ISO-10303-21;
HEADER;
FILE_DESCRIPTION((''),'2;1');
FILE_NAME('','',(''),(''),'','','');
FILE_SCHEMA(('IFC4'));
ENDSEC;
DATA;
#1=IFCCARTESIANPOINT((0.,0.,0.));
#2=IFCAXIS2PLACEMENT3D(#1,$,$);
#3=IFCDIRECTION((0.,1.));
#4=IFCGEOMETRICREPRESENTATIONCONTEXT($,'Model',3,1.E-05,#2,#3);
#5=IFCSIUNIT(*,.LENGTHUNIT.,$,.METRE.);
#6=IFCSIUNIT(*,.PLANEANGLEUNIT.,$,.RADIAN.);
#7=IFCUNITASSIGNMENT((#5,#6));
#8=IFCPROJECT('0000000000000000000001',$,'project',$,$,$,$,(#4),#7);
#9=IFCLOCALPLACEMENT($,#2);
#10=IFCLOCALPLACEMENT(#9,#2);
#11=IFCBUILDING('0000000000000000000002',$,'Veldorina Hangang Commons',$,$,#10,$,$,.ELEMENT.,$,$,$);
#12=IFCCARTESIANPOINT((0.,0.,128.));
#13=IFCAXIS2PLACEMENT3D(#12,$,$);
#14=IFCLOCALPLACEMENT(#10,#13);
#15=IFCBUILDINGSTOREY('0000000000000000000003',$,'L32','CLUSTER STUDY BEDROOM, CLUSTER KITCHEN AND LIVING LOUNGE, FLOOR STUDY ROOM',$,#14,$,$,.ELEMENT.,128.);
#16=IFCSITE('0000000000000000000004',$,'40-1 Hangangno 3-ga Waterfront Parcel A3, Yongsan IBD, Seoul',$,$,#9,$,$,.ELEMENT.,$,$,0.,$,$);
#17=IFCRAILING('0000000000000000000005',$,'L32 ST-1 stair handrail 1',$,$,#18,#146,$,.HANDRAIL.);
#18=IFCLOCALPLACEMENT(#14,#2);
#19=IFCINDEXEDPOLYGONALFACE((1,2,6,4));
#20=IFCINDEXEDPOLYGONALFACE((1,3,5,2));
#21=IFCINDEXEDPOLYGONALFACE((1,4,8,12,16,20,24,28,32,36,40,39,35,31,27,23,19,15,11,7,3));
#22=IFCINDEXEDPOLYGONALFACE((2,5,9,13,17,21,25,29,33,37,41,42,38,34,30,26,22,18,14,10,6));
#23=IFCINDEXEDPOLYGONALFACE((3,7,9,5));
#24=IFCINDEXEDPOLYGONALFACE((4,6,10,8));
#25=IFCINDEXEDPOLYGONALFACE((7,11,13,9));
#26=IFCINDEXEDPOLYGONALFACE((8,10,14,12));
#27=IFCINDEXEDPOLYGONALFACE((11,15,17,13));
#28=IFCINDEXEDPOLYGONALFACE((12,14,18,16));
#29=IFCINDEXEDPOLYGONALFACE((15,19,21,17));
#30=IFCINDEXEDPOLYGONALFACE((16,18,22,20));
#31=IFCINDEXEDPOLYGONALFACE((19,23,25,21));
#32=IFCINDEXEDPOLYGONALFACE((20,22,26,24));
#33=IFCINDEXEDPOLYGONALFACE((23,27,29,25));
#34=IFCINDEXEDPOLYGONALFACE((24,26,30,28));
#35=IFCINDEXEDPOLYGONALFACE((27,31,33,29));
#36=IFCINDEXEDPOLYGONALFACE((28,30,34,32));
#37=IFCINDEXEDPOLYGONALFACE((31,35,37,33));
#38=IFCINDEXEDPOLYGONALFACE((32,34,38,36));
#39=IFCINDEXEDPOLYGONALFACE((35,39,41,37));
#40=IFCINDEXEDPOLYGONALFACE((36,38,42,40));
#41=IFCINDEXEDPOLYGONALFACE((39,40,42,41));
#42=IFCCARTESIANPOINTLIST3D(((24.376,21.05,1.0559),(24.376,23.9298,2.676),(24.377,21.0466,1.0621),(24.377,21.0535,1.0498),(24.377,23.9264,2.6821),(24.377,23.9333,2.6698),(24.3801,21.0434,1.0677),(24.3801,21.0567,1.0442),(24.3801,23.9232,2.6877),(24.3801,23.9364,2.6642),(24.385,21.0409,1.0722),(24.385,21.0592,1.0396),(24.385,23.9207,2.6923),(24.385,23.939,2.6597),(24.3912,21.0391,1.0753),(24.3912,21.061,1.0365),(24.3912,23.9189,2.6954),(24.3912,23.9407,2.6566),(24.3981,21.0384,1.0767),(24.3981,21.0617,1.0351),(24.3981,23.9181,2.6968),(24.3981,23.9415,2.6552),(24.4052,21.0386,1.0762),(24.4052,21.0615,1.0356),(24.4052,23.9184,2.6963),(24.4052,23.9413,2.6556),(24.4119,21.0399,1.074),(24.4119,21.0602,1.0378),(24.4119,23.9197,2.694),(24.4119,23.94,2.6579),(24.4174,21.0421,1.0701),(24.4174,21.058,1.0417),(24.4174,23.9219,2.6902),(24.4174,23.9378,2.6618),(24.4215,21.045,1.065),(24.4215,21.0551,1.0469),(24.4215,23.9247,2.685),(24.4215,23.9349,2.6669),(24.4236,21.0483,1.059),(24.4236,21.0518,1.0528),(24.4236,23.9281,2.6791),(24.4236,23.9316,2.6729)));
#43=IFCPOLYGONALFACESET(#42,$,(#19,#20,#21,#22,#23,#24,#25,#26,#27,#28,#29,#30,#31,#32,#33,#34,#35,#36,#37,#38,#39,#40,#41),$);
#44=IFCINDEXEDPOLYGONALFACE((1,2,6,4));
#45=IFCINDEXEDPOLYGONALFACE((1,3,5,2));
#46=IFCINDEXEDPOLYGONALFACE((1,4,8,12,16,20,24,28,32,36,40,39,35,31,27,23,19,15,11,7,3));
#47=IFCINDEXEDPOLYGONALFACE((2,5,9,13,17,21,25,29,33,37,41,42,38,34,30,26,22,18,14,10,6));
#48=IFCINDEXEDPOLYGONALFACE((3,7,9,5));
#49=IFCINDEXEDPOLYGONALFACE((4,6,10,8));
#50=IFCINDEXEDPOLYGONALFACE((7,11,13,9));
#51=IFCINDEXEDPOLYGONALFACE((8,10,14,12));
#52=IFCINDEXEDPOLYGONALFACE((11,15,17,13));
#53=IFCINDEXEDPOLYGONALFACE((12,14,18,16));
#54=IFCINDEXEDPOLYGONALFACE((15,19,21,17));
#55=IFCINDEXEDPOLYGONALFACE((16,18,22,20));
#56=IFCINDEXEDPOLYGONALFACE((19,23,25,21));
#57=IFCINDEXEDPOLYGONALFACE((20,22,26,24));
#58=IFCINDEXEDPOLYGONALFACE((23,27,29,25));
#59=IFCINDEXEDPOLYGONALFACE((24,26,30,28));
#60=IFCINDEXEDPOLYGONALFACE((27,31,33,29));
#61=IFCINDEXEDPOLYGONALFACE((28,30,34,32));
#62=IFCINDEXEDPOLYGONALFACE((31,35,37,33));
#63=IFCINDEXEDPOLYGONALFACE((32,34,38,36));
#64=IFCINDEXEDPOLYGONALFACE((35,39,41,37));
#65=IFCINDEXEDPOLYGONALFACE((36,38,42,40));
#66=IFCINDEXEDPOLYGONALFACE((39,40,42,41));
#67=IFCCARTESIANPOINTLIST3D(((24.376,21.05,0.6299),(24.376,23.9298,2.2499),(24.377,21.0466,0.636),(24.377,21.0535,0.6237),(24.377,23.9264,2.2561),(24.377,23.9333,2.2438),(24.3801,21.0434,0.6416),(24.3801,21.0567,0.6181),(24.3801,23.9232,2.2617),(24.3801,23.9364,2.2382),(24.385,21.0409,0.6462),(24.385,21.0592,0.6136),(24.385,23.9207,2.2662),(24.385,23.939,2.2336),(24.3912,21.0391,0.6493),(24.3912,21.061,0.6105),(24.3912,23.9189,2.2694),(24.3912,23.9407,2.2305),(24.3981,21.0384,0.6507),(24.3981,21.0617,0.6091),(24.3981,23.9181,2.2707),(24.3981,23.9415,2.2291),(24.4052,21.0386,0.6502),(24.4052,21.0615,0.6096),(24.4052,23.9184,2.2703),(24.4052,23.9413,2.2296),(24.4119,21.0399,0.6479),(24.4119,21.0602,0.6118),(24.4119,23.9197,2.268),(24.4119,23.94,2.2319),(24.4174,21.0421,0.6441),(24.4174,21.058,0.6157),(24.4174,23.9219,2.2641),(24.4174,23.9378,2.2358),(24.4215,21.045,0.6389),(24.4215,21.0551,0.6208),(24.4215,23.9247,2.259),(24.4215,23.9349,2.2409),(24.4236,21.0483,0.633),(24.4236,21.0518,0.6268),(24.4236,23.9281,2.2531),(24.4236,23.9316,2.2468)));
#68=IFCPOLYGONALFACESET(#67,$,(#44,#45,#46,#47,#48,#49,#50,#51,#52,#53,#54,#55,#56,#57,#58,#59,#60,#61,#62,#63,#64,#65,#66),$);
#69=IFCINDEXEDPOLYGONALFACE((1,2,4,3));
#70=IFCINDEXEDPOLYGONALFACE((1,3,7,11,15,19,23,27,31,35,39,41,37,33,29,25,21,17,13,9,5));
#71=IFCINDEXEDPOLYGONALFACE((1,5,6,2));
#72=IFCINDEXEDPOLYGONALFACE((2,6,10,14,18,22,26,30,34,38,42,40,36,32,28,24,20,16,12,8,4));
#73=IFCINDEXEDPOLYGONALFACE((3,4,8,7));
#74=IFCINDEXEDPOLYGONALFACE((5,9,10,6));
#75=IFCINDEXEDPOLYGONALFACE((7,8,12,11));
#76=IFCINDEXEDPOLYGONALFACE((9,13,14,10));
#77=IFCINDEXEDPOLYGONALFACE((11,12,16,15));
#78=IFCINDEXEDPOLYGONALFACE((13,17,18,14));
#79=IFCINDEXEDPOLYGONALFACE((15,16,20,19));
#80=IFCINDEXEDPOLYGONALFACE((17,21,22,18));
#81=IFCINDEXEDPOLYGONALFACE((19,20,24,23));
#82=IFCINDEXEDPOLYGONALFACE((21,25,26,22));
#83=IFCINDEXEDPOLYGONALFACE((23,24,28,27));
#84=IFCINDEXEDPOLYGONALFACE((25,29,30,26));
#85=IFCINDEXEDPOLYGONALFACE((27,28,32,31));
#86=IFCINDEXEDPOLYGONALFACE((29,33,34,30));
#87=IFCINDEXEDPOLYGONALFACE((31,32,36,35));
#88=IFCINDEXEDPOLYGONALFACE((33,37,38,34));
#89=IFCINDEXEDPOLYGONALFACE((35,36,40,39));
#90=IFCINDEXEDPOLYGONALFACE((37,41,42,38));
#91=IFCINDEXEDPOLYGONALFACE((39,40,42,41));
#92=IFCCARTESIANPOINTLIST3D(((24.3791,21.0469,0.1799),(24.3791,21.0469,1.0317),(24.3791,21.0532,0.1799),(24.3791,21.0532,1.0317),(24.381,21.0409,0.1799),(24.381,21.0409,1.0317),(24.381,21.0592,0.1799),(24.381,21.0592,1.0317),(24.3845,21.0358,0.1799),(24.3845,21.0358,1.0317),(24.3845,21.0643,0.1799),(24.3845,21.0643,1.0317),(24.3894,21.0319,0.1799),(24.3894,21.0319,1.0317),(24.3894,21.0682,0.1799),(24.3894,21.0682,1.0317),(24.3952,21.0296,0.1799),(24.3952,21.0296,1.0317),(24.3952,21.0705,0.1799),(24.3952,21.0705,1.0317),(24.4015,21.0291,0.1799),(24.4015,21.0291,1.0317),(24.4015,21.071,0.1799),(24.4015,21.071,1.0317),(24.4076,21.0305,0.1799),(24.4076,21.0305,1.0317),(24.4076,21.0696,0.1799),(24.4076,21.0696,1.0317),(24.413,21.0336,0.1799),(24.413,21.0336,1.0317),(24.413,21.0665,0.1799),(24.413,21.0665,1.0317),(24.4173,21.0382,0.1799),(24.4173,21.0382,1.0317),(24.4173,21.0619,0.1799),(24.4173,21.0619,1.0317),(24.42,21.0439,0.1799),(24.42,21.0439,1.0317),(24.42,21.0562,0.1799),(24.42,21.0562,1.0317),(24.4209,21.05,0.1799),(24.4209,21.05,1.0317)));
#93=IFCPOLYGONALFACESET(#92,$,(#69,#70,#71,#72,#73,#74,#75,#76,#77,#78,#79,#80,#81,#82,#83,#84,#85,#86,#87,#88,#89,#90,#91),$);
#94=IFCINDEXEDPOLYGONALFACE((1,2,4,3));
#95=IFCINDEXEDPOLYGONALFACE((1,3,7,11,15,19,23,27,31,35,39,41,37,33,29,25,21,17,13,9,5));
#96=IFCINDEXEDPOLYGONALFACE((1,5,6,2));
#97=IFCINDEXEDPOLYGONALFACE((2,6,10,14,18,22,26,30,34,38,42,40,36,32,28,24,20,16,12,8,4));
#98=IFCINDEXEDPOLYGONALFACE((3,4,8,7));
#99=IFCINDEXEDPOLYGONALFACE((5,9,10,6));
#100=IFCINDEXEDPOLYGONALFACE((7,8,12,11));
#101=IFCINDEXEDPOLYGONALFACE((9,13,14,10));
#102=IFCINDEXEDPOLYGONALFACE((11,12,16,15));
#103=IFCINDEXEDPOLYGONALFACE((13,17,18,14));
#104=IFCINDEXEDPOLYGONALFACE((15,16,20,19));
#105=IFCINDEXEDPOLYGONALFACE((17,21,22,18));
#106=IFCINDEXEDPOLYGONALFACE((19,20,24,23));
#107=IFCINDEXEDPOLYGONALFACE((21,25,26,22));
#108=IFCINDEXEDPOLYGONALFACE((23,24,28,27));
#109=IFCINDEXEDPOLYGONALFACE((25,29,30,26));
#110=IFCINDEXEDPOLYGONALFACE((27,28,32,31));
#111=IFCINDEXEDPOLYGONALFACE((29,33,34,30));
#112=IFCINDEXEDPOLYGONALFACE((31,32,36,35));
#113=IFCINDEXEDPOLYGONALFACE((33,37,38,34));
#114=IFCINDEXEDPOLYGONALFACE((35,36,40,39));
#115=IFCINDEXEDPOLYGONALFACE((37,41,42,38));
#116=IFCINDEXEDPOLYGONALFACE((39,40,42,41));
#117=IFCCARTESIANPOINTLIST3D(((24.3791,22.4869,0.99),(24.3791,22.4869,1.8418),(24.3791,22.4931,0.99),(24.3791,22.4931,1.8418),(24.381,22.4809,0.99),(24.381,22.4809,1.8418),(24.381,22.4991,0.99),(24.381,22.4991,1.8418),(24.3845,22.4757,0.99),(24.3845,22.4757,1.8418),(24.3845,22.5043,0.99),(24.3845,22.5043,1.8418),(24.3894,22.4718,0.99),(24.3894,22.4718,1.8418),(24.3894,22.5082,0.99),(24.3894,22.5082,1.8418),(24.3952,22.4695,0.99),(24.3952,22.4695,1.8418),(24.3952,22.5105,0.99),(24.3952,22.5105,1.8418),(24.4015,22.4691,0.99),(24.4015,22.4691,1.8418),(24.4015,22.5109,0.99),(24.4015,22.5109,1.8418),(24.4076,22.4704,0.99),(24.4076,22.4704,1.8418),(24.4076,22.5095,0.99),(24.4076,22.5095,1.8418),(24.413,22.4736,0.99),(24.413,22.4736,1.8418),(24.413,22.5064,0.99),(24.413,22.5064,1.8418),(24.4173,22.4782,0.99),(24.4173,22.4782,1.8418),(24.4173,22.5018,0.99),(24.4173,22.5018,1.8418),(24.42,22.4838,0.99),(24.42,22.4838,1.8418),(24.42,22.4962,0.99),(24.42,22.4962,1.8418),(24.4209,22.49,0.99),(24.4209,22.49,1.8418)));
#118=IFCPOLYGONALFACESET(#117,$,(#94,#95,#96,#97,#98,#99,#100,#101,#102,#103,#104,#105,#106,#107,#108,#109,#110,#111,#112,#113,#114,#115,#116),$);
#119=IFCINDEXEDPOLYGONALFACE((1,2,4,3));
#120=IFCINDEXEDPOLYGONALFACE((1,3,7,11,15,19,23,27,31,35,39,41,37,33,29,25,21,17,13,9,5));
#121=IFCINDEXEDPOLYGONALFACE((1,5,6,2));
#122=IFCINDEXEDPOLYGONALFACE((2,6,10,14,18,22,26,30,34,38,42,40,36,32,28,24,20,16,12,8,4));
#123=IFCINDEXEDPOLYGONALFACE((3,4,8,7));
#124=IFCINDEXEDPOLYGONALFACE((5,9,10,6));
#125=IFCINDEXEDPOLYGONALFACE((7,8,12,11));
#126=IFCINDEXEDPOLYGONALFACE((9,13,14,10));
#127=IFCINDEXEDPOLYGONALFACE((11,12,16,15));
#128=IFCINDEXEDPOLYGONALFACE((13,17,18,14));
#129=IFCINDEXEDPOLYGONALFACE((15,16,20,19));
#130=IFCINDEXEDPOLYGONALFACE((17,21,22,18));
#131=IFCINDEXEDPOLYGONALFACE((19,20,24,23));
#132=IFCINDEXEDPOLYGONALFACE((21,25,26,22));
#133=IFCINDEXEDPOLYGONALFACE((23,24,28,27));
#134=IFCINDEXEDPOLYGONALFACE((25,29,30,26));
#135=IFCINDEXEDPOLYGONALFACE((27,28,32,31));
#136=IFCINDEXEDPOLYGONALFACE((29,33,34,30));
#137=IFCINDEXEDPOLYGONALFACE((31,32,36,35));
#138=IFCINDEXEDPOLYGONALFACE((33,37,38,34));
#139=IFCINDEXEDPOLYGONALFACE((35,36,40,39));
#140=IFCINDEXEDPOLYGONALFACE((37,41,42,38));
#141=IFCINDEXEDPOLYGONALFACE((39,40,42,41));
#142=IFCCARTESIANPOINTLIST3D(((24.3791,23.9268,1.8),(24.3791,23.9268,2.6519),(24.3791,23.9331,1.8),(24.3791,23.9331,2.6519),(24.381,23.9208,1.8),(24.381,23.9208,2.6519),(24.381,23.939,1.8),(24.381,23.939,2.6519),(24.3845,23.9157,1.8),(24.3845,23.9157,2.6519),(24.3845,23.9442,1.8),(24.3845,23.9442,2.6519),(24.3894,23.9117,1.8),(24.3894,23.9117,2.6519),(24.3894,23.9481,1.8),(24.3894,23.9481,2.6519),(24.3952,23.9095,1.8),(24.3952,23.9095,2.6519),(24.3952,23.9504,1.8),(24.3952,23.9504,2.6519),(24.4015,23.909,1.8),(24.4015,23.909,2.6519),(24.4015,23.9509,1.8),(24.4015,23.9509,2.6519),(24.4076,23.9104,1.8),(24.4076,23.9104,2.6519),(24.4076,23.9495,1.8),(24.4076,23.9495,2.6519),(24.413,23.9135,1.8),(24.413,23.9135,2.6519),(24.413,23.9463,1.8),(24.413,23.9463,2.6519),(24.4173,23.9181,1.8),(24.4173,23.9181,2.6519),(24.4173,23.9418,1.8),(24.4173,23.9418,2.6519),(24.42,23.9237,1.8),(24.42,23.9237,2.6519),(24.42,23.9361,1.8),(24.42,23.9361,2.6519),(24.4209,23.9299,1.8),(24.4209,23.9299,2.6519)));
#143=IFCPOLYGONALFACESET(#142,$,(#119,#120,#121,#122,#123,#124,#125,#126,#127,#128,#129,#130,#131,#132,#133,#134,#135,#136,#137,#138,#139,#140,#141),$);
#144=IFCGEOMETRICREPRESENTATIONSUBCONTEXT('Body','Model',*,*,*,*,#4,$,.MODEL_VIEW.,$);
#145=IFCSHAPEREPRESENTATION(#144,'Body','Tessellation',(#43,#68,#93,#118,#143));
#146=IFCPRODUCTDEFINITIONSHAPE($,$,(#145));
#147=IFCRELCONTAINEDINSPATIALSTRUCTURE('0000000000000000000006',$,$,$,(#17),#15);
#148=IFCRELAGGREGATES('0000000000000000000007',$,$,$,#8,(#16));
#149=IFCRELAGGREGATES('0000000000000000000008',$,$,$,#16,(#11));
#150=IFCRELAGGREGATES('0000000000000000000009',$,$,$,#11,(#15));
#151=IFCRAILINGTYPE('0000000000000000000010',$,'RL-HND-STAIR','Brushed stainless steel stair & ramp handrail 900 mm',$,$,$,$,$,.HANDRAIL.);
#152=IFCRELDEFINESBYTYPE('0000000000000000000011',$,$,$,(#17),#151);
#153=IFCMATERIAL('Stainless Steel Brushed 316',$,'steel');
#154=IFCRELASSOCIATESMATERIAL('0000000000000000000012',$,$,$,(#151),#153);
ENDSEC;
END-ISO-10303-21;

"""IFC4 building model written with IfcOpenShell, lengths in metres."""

from ifc_helpers import new_model, si_unit, direction, frame, origin, origin_2d, place, context, subcontext, project, spatial, circle, extrude, material, type_object, element, save


model = new_model("IFC4")

# Units and contexts
model_context = context("Model", 3, precision=1e-05, world=origin(), true_north=direction((0.0, 1.0)))
body_context = subcontext(model_context, "Body", "Model", "MODEL_VIEW")
ifc_project = project(units=[si_unit("LENGTHUNIT", "METRE"), si_unit("PLANEANGLEUNIT", "RADIAN")], contexts=[model_context])

# Site, building, storey
site_placement = place(None, origin())
site = spatial("IfcSite", under=ifc_project, at=site_placement, Name="40-1 Hangangno 3-ga Waterfront Parcel A3, Yongsan IBD, Seoul", CompositionType="ELEMENT", RefElevation=0.0)
building_placement = place(site_placement, origin())
building = spatial("IfcBuilding", under=site, at=building_placement, Name="Veldorina Hangang Commons", CompositionType="ELEMENT")
storey_placement = place(building_placement, frame((0.0, 0.0, 128.0)))
storey = spatial("IfcBuildingStorey", under=building, at=storey_placement, Name="L32", Description="CLUSTER STUDY BEDROOM, CLUSTER KITCHEN AND LIVING LOUNGE, FLOOR STUDY ROOM", CompositionType="ELEMENT", Elevation=128.0)

# Railing
ifc_material_1 = material(Name="Stainless Steel Brushed 316", Category="steel")
railing_type_1 = type_object("IfcRailingType", Name="RL-HND-STAIR", Description="Brushed stainless steel stair & ramp handrail 900 mm", PredefinedType="HANDRAIL", material=ifc_material_1)
railing_1_placement = place(storey_placement, frame((24.3999, 21.05, 0.1799)))
element("IfcRailing", 1, at=railing_1_placement, inside=storey, type_object=railing_type_1, Name="L32 ST-1 stair handrail 1", PredefinedType="HANDRAIL", context=body_context, shape_type="SweptSolid", body=[
    extrude(circle(Radius=0.0239, at=origin_2d()), frame((0.0, 0.0, 0.876), z_axis=(0.0, 0.871552, 0.490303), x_axis=(-1.0, 0.0, 0.0)), (0.0, 0.0, 1.0), 3.3042),
    extrude(circle(Radius=0.0239, at=origin_2d()), frame((0.0, 0.0, 0.45), z_axis=(0.0, 0.871552, 0.490303), x_axis=(-1.0, 0.0, 0.0)), (0.0, 0.0, 1.0), 3.3042),
    extrude(circle(Radius=0.021, at=origin_2d()), origin(), (0.0, 0.0, 1.0), 0.8518),
    extrude(circle(Radius=0.021, at=origin_2d()), frame((0.0, 1.4399, 0.8101)), (0.0, 0.0, 1.0), 0.8518),
    extrude(circle(Radius=0.021, at=origin_2d()), frame((0.0, 2.8799, 1.6201)), (0.0, 0.0, 1.0), 0.8518),
])

save(model, "model.ifc")
